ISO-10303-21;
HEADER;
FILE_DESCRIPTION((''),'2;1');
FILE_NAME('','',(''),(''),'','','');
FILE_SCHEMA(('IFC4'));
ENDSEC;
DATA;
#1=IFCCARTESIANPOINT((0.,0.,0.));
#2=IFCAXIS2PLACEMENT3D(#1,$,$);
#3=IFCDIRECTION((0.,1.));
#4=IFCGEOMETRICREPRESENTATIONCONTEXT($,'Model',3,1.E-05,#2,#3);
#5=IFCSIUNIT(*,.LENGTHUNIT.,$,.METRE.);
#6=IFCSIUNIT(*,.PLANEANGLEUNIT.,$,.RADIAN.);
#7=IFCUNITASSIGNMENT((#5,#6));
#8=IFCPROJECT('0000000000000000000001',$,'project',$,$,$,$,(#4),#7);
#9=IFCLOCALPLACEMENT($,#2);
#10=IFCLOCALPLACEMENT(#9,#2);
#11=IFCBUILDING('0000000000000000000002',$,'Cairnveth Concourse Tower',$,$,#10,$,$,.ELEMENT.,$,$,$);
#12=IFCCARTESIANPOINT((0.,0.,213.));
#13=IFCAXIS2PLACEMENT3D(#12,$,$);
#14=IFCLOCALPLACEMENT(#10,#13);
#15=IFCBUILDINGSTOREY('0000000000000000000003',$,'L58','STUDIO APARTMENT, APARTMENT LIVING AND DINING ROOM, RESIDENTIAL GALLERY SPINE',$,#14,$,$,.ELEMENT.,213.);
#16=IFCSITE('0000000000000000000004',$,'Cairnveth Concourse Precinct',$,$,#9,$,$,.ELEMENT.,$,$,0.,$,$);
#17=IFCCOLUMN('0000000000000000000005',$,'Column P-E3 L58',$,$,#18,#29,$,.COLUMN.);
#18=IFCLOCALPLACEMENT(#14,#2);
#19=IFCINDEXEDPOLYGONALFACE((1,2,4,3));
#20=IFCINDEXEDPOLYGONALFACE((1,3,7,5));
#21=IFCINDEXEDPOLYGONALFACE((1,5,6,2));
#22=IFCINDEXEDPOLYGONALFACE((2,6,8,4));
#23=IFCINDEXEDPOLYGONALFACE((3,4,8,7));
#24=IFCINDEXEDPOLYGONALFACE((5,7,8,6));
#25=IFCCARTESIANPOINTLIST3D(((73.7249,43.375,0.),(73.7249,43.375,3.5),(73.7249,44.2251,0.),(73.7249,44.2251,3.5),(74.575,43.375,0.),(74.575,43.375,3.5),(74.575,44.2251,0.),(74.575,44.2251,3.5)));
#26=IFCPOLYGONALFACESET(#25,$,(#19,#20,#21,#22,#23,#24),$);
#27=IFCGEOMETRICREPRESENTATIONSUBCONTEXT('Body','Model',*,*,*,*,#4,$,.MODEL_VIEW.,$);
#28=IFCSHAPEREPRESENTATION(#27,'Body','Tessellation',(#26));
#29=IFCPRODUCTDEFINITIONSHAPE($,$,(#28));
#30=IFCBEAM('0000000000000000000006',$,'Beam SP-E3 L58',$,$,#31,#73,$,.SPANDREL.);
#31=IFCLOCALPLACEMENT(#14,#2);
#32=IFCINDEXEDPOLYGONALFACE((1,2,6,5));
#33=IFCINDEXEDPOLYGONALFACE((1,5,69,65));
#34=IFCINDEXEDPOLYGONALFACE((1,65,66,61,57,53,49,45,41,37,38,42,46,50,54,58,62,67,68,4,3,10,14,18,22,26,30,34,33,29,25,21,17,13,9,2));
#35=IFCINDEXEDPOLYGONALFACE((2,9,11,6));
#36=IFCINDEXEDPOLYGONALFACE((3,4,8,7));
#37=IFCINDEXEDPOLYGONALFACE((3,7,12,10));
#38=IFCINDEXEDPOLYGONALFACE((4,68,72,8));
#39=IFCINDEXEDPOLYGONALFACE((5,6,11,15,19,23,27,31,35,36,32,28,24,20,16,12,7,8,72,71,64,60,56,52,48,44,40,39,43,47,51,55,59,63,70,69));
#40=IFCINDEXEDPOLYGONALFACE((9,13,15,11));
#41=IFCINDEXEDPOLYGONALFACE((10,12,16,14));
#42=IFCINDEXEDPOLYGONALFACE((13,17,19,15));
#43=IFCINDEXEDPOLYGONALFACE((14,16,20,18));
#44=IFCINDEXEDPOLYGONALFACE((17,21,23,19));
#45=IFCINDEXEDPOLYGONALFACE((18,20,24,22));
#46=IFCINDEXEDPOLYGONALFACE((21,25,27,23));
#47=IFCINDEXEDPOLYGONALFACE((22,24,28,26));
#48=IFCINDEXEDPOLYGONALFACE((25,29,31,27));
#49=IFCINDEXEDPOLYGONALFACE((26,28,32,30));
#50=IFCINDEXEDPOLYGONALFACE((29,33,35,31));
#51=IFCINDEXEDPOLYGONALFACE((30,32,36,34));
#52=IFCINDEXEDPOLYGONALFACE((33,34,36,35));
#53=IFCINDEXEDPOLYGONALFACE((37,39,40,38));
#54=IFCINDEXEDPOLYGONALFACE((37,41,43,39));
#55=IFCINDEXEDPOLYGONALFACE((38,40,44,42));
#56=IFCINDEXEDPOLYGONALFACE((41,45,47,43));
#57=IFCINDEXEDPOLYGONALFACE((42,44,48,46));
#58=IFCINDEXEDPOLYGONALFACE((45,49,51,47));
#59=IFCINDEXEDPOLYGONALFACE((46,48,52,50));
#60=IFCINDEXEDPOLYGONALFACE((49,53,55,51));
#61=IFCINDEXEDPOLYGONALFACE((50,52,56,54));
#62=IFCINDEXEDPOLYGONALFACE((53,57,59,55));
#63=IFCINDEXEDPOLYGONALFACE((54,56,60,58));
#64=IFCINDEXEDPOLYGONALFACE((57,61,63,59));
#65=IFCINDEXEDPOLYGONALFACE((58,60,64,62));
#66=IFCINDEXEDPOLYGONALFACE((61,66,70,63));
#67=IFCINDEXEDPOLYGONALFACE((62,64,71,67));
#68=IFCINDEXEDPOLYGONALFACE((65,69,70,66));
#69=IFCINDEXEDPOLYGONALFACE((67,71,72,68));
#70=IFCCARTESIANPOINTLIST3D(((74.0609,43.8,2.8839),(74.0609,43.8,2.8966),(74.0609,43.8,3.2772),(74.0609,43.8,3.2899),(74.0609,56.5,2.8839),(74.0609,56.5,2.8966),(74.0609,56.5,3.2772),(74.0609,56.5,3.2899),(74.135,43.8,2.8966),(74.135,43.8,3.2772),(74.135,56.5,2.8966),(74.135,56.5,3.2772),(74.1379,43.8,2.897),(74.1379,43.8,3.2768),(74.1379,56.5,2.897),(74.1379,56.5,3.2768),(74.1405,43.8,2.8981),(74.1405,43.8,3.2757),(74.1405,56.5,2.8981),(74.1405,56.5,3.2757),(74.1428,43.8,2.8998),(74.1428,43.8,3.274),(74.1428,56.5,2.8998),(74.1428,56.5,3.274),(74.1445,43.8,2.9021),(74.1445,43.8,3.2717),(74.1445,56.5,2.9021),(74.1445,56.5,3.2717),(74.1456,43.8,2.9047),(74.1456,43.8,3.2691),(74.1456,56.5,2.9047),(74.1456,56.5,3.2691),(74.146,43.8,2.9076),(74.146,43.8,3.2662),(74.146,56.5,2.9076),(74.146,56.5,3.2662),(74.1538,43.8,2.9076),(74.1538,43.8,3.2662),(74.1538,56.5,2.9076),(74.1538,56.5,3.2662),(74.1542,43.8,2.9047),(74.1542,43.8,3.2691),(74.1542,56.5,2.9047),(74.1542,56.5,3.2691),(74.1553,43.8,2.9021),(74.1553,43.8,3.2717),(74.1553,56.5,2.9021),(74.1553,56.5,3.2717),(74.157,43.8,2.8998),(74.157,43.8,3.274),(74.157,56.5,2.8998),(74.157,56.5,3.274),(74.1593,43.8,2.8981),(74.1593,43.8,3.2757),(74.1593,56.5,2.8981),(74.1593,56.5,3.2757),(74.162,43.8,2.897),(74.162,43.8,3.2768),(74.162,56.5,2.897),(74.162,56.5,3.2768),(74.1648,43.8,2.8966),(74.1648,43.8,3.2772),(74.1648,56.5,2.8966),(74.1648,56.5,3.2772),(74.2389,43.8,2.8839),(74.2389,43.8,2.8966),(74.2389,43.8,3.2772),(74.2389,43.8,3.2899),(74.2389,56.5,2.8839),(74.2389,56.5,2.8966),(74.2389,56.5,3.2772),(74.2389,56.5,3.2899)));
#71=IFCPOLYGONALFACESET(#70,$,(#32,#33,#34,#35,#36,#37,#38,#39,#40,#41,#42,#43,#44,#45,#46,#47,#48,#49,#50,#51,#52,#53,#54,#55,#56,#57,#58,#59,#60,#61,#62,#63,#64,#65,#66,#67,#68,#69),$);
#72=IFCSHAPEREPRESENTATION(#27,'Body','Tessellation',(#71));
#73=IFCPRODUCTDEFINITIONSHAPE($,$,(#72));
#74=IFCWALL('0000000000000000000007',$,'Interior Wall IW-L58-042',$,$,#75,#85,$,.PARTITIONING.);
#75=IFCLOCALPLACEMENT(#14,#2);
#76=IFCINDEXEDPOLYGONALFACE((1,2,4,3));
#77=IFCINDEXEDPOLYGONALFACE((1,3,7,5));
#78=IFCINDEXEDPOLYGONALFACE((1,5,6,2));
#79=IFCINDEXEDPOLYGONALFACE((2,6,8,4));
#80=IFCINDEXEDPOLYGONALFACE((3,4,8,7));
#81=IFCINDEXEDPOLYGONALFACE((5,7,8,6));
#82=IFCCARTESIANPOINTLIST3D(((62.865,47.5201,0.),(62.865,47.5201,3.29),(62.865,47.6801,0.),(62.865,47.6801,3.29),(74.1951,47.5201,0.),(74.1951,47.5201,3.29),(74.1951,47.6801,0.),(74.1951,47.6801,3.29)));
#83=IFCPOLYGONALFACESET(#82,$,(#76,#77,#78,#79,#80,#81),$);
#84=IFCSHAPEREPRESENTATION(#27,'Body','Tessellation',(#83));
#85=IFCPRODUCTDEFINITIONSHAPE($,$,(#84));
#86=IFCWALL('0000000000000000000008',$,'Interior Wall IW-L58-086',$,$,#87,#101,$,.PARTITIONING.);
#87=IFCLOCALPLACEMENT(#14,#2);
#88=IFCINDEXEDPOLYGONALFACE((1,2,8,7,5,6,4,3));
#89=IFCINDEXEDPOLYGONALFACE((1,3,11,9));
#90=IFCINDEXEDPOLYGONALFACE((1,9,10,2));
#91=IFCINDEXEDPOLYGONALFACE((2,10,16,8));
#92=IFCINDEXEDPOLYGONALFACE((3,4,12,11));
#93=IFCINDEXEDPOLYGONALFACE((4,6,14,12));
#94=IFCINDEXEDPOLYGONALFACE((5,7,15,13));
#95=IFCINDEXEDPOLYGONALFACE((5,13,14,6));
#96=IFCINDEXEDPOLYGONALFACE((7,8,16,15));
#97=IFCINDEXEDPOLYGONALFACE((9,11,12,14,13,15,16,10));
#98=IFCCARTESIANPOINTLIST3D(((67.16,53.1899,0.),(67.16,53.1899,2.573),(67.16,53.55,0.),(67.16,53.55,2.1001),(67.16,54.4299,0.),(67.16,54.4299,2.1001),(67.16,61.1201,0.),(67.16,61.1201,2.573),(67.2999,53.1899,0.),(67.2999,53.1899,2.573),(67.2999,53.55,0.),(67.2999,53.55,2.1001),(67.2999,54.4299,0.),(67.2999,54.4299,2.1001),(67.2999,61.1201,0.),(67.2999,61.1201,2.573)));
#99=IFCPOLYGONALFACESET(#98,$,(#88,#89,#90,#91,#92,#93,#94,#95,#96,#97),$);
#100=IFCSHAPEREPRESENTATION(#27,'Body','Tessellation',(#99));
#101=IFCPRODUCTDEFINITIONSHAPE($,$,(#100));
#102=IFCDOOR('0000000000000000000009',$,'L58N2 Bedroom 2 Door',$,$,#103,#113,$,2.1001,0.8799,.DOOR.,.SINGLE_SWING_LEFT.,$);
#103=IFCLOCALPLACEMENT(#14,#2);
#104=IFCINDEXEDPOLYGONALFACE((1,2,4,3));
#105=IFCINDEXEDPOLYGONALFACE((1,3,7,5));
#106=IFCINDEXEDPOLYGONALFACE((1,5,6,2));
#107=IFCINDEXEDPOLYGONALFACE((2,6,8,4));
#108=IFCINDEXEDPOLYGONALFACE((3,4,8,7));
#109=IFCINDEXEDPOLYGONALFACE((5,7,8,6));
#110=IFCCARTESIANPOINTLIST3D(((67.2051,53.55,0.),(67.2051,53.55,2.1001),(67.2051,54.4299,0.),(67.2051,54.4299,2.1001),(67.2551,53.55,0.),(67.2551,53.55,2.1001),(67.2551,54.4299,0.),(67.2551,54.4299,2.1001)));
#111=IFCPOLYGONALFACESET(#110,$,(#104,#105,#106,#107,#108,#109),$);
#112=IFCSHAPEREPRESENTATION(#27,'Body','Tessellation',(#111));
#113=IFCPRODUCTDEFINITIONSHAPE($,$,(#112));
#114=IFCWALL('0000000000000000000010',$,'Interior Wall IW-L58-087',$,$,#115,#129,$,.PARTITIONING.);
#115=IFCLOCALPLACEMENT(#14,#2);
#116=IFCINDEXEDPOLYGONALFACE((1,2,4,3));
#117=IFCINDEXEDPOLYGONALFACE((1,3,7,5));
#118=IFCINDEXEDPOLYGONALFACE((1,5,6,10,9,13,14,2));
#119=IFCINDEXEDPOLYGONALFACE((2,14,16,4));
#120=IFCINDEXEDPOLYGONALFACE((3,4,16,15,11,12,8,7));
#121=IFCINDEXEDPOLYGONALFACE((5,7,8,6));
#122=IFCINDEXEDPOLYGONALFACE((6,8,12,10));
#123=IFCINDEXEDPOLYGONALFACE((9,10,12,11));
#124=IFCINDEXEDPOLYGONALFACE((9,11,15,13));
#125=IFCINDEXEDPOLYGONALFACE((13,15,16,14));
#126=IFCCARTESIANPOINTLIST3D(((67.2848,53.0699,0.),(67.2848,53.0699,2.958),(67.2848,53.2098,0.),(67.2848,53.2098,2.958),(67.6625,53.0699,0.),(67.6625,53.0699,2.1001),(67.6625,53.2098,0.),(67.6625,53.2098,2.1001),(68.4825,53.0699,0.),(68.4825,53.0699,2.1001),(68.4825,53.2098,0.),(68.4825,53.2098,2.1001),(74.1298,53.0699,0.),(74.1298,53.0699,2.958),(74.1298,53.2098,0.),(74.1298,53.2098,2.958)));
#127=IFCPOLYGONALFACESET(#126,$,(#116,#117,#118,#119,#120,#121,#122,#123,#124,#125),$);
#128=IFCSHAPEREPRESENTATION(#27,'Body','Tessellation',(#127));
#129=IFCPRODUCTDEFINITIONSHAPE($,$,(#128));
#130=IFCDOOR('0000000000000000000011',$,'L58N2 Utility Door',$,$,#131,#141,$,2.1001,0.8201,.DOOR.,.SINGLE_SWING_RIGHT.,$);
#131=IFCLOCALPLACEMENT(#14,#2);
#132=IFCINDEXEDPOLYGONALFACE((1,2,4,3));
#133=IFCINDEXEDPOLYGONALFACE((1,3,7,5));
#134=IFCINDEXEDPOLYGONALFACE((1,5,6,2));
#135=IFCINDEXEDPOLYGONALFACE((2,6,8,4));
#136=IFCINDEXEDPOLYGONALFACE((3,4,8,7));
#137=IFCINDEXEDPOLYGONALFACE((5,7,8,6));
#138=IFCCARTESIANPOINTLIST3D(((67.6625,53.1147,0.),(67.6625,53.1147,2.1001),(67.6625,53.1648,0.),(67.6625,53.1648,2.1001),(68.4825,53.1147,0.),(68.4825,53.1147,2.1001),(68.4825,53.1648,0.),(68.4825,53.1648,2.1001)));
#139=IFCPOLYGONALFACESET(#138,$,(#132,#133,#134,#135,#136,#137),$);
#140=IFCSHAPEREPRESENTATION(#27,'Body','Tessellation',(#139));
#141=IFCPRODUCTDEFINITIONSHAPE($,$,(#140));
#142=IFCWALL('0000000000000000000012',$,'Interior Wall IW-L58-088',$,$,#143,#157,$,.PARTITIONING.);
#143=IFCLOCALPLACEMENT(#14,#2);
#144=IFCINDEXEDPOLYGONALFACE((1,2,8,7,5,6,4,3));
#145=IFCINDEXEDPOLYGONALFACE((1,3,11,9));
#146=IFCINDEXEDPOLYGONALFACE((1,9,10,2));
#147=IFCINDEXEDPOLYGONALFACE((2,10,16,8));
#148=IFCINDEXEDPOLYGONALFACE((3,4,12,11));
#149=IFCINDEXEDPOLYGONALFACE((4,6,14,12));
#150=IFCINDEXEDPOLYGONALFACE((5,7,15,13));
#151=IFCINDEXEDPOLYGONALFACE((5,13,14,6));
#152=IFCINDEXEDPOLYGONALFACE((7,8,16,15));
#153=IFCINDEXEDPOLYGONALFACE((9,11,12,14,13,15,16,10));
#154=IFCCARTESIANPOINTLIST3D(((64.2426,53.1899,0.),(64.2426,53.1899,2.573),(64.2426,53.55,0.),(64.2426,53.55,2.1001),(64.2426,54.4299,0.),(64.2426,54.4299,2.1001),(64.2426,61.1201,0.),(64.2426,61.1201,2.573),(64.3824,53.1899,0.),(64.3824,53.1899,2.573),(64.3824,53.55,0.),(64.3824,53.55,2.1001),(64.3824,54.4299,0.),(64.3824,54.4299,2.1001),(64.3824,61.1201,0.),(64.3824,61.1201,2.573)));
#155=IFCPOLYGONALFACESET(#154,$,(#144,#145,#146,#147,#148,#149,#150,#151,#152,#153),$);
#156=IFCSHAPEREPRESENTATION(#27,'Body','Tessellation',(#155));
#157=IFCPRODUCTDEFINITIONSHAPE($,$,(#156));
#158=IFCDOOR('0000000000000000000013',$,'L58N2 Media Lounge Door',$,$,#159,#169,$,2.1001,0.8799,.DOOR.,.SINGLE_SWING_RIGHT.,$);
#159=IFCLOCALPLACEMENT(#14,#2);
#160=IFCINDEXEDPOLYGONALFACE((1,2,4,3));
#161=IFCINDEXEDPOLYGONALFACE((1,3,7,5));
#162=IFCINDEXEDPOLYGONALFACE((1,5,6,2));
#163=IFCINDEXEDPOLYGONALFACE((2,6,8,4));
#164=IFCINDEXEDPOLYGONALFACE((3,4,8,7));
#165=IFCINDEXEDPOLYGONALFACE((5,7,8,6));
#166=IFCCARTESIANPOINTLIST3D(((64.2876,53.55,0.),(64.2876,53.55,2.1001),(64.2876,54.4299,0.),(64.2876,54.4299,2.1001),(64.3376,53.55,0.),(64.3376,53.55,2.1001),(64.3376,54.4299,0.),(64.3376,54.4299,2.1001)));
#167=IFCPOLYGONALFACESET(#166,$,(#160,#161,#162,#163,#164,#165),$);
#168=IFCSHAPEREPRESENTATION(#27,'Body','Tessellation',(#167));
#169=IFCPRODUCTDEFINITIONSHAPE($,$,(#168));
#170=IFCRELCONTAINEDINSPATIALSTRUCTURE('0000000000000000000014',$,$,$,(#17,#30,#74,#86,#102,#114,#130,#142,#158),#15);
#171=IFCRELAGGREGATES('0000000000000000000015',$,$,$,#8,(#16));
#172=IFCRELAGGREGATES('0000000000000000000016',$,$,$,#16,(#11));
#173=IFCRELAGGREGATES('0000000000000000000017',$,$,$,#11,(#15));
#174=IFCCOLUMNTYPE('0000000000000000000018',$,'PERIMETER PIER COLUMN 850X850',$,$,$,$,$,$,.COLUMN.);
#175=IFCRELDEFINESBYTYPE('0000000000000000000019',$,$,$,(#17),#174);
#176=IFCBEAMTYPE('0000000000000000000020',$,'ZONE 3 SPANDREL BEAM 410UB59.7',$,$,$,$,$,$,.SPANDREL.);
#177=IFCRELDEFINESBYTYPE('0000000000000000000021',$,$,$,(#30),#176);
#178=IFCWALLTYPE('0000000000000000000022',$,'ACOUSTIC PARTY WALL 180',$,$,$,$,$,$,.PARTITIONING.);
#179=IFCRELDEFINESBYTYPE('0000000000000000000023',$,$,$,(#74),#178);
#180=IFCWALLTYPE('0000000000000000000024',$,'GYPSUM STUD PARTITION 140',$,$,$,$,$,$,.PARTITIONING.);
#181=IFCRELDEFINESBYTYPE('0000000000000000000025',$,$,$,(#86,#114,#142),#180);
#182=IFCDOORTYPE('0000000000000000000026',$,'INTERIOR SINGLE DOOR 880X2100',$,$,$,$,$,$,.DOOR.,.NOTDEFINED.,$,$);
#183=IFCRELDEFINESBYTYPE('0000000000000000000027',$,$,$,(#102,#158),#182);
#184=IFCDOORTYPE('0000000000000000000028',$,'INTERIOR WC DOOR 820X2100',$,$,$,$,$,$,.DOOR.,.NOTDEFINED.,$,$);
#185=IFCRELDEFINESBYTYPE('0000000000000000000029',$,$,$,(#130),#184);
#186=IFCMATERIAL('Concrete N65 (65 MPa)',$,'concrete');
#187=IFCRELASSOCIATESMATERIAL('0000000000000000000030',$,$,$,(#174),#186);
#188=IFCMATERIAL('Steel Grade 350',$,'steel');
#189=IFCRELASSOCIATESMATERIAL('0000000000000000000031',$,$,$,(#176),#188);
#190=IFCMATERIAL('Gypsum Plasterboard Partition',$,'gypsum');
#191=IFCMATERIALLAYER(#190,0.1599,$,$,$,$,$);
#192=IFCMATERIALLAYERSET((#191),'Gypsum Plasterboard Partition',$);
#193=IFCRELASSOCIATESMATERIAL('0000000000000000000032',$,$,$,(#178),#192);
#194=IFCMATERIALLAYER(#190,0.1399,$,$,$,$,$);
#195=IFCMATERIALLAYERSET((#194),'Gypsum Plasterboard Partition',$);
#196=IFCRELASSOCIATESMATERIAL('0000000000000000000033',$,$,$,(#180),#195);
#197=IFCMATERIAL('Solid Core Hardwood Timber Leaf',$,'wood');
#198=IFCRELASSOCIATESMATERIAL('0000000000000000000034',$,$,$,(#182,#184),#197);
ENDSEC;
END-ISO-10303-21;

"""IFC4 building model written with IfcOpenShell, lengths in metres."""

from ifc_helpers import new_model, si_unit, direction, frame, frame_2d, origin, origin_2d, place, context, subcontext, project, spatial, rectangle, i_section, extrude, material, layer, layer_set, material_profile, profile_set, type_object, element, fill, save


model = new_model("IFC4")

# Units and contexts
model_context = context("Model", 3, precision=1e-05, world=origin(), true_north=direction((0.0, 1.0)))
body_context = subcontext(model_context, "Body", "Model", "MODEL_VIEW")
ifc_project = project(units=[si_unit("LENGTHUNIT", "METRE"), si_unit("PLANEANGLEUNIT", "RADIAN")], contexts=[model_context])

# Site, building, storey
site_placement = place(None, origin())
site = spatial("IfcSite", under=ifc_project, at=site_placement, Name="Cairnveth Concourse Precinct", CompositionType="ELEMENT", RefElevation=0.0)
building_placement = place(site_placement, origin())
building = spatial("IfcBuilding", under=site, at=building_placement, Name="Cairnveth Concourse Tower", CompositionType="ELEMENT")
storey_placement = place(building_placement, frame((0.0, 0.0, 213.0)))
storey = spatial("IfcBuildingStorey", under=building, at=storey_placement, Name="L58", Description="STUDIO APARTMENT, APARTMENT LIVING AND DINING ROOM, RESIDENTIAL GALLERY SPINE", CompositionType="ELEMENT", Elevation=213.0)

# Column
ifc_material_1 = material(Name="Concrete N65 (65 MPa)", Category="concrete")
ifc_material_profile_1 = material_profile(ifc_material_1, rectangle(XDim=0.8501, YDim=0.8501, at=origin_2d()), Name="RC-COL-850x850")
ifc_profile_set_1 = profile_set([ifc_material_profile_1], Name="Concrete N65 (65 MPa)")
column_type = type_object("IfcColumnType", Name="PERIMETER PIER COLUMN 850X850", PredefinedType="COLUMN", material=ifc_profile_set_1)
column_placement = place(storey_placement, frame((74.1499, 43.8, 0.0), z_axis=(0.0, 0.0, 1.0), x_axis=(0.0, 1.0, 0.0)))
element("IfcColumn", 1, at=column_placement, inside=storey, type_object=column_type, Name="Column P-E3 L58", PredefinedType="COLUMN", context=body_context, shape_type="SweptSolid", body=[
    extrude(rectangle(XDim=0.8501, YDim=0.8501, at=origin_2d()), origin(), (0.0, 0.0, 1.0), 3.5),
])

# Beam
ifc_material_2 = material(Name="Steel Grade 350", Category="steel")
ifc_material_profile_2 = material_profile(ifc_material_2, i_section(OverallWidth=0.178, OverallDepth=0.406, WebThickness=0.0078, FlangeThickness=0.0127, FilletRadius=0.011, at=origin_2d()), Name="410UB59.7")
ifc_profile_set_2 = profile_set([ifc_material_profile_2], Name="Steel Grade 350")
beam_type = type_object("IfcBeamType", Name="ZONE 3 SPANDREL BEAM 410UB59.7", PredefinedType="SPANDREL", material=ifc_profile_set_2)
beam_placement = place(storey_placement, frame((74.1499, 43.8, 3.0869), z_axis=(0.0, 1.0, 0.0), x_axis=(-1.0, 0.0, 0.0)))
element("IfcBeam", 2, at=beam_placement, inside=storey, type_object=beam_type, Name="Beam SP-E3 L58", PredefinedType="SPANDREL", context=body_context, shape_type="SweptSolid", body=[
    extrude(i_section(OverallWidth=0.178, OverallDepth=0.406, WebThickness=0.0078, FlangeThickness=0.0127, FilletRadius=0.011, at=origin_2d()), origin(), (0.0, 0.0, 1.0), 12.7),
])

# Wall
ifc_material_3 = material(Name="Gypsum Plasterboard Partition", Category="gypsum")
ifc_layer_1 = layer(ifc_material_3, 0.1599)
ifc_layer_set_1 = layer_set([ifc_layer_1], Name="Gypsum Plasterboard Partition")
wall_type_1 = type_object("IfcWallType", Name="ACOUSTIC PARTY WALL 180", PredefinedType="PARTITIONING", material=ifc_layer_set_1)
wall_1_placement = place(storey_placement, frame((62.865, 47.6001, 0.0), z_axis=(0.0, 0.0, 1.0), x_axis=(1.0, 0.0, 0.0)))
element("IfcWall", 3, at=wall_1_placement, inside=storey, type_object=wall_type_1, Name="Interior Wall IW-L58-042", PredefinedType="PARTITIONING", context=body_context, shape_type="SweptSolid", body=[
    extrude(rectangle(XDim=11.3301, YDim=0.1599, at=frame_2d((5.665, 0.0))), origin(), (0.0, 0.0, 1.0), 3.29),
])

# Walls, openings, doors
ifc_layer_2 = layer(ifc_material_3, 0.1399)
ifc_layer_set_2 = layer_set([ifc_layer_2], Name="Gypsum Plasterboard Partition")
wall_type_2 = type_object("IfcWallType", Name="GYPSUM STUD PARTITION 140", PredefinedType="PARTITIONING", material=ifc_layer_set_2)
wall_2_placement = place(storey_placement, frame((67.23, 53.1899, 0.0), z_axis=(0.0, 0.0, 1.0), x_axis=(0.0, 1.0, 0.0)))
wall_2 = element("IfcWall", 4, at=wall_2_placement, inside=storey, type_object=wall_type_2, Name="Interior Wall IW-L58-086", PredefinedType="PARTITIONING", context=body_context, shape_type="SweptSolid", body=[
    extrude(rectangle(XDim=7.9302, YDim=0.1399, at=frame_2d((3.9651, 0.0))), origin(), (0.0, 0.0, 1.0), 2.573),
])
opening_1_placement = place(wall_2_placement, frame((0.3601, 0.0, 0.0)))
opening_1 = element("IfcOpeningElement", 5, at=opening_1_placement, cuts=wall_2, PredefinedType="OPENING", context=body_context, shape_type="SweptSolid", body=[
    extrude(rectangle(XDim=0.8799, YDim=2.1001, at=frame_2d((0.4399, 1.05))), frame((0.0, 0.0798, 0.0), z_axis=(0.0, -1.0, 0.0), x_axis=(1.0, 0.0, 0.0)), (0.0, 0.0, 1.0), 0.1599),
])
ifc_material_4 = material(Name="Solid Core Hardwood Timber Leaf", Category="wood")
door_type_1 = type_object("IfcDoorType", Name="INTERIOR SINGLE DOOR 880X2100", OperationType="NOTDEFINED", PredefinedType="DOOR", material=ifc_material_4)
door_1_placement = place(opening_1_placement, origin())
door_1 = element("IfcDoor", 6, at=door_1_placement, inside=storey, type_object=door_type_1, Name="L58N2 Bedroom 2 Door", OperationType="SINGLE_SWING_LEFT", OverallHeight=2.1001, OverallWidth=0.8799, PredefinedType="DOOR", context=body_context, shape_type="SweptSolid", body=[
    extrude(rectangle(XDim=0.8799, YDim=2.1001, at=frame_2d((0.4399, 1.05))), frame((0.0, 0.0249, 0.0), z_axis=(0.0, -1.0, 0.0), x_axis=(1.0, 0.0, 0.0)), (0.0, 0.0, 1.0), 0.05),
])
fill(opening_1, door_1)
wall_3_placement = place(storey_placement, frame((67.2849, 53.1399, 0.0), z_axis=(0.0, 0.0, 1.0), x_axis=(1.0, 0.0, 0.0)))
wall_3 = element("IfcWall", 7, at=wall_3_placement, inside=storey, type_object=wall_type_2, Name="Interior Wall IW-L58-087", PredefinedType="PARTITIONING", context=body_context, shape_type="SweptSolid", body=[
    extrude(rectangle(XDim=6.845, YDim=0.1399, at=frame_2d((3.4224, 0.0))), origin(), (0.0, 0.0, 1.0), 2.958),
])
opening_2_placement = place(wall_3_placement, frame((0.3774, 0.0, 0.0)))
opening_2 = element("IfcOpeningElement", 8, at=opening_2_placement, cuts=wall_3, PredefinedType="OPENING", context=body_context, shape_type="SweptSolid", body=[
    extrude(rectangle(XDim=0.8201, YDim=2.1001, at=frame_2d((0.4102, 1.05))), frame((0.0, 0.0798, 0.0), z_axis=(0.0, -1.0, 0.0), x_axis=(1.0, 0.0, 0.0)), (0.0, 0.0, 1.0), 0.1599),
])
door_type_2 = type_object("IfcDoorType", Name="INTERIOR WC DOOR 820X2100", OperationType="NOTDEFINED", PredefinedType="DOOR", material=ifc_material_4)
door_2_placement = place(opening_2_placement, origin())
door_2 = element("IfcDoor", 9, at=door_2_placement, inside=storey, type_object=door_type_2, Name="L58N2 Utility Door", OperationType="SINGLE_SWING_RIGHT", OverallHeight=2.1001, OverallWidth=0.8201, PredefinedType="DOOR", context=body_context, shape_type="SweptSolid", body=[
    extrude(rectangle(XDim=0.8201, YDim=2.1001, at=frame_2d((0.4102, 1.05))), frame((0.0, 0.0249, 0.0), z_axis=(0.0, -1.0, 0.0), x_axis=(1.0, 0.0, 0.0)), (0.0, 0.0, 1.0), 0.05),
])
fill(opening_2, door_2)
wall_4_placement = place(storey_placement, frame((64.3125, 53.1899, 0.0), z_axis=(0.0, 0.0, 1.0), x_axis=(0.0, 1.0, 0.0)))
wall_4 = element("IfcWall", 10, at=wall_4_placement, inside=storey, type_object=wall_type_2, Name="Interior Wall IW-L58-088", PredefinedType="PARTITIONING", context=body_context, shape_type="SweptSolid", body=[
    extrude(rectangle(XDim=7.9302, YDim=0.1399, at=frame_2d((3.9651, 0.0))), origin(), (0.0, 0.0, 1.0), 2.573),
])
opening_3_placement = place(wall_4_placement, frame((0.3601, 0.0, 0.0)))
opening_3 = element("IfcOpeningElement", 11, at=opening_3_placement, cuts=wall_4, PredefinedType="OPENING", context=body_context, shape_type="SweptSolid", body=[
    extrude(rectangle(XDim=0.8799, YDim=2.1001, at=frame_2d((0.4399, 1.05))), frame((0.0, 0.0798, 0.0), z_axis=(0.0, -1.0, 0.0), x_axis=(1.0, 0.0, 0.0)), (0.0, 0.0, 1.0), 0.1599),
])
door_3_placement = place(opening_3_placement, origin())
door_3 = element("IfcDoor", 12, at=door_3_placement, inside=storey, type_object=door_type_1, Name="L58N2 Media Lounge Door", OperationType="SINGLE_SWING_RIGHT", OverallHeight=2.1001, OverallWidth=0.8799, PredefinedType="DOOR", context=body_context, shape_type="SweptSolid", body=[
    extrude(rectangle(XDim=0.8799, YDim=2.1001, at=frame_2d((0.4399, 1.05))), frame((0.0, 0.0249, 0.0), z_axis=(0.0, -1.0, 0.0), x_axis=(1.0, 0.0, 0.0)), (0.0, 0.0, 1.0), 0.05),
])
fill(opening_3, door_3)

save(model, "model.ifc")
